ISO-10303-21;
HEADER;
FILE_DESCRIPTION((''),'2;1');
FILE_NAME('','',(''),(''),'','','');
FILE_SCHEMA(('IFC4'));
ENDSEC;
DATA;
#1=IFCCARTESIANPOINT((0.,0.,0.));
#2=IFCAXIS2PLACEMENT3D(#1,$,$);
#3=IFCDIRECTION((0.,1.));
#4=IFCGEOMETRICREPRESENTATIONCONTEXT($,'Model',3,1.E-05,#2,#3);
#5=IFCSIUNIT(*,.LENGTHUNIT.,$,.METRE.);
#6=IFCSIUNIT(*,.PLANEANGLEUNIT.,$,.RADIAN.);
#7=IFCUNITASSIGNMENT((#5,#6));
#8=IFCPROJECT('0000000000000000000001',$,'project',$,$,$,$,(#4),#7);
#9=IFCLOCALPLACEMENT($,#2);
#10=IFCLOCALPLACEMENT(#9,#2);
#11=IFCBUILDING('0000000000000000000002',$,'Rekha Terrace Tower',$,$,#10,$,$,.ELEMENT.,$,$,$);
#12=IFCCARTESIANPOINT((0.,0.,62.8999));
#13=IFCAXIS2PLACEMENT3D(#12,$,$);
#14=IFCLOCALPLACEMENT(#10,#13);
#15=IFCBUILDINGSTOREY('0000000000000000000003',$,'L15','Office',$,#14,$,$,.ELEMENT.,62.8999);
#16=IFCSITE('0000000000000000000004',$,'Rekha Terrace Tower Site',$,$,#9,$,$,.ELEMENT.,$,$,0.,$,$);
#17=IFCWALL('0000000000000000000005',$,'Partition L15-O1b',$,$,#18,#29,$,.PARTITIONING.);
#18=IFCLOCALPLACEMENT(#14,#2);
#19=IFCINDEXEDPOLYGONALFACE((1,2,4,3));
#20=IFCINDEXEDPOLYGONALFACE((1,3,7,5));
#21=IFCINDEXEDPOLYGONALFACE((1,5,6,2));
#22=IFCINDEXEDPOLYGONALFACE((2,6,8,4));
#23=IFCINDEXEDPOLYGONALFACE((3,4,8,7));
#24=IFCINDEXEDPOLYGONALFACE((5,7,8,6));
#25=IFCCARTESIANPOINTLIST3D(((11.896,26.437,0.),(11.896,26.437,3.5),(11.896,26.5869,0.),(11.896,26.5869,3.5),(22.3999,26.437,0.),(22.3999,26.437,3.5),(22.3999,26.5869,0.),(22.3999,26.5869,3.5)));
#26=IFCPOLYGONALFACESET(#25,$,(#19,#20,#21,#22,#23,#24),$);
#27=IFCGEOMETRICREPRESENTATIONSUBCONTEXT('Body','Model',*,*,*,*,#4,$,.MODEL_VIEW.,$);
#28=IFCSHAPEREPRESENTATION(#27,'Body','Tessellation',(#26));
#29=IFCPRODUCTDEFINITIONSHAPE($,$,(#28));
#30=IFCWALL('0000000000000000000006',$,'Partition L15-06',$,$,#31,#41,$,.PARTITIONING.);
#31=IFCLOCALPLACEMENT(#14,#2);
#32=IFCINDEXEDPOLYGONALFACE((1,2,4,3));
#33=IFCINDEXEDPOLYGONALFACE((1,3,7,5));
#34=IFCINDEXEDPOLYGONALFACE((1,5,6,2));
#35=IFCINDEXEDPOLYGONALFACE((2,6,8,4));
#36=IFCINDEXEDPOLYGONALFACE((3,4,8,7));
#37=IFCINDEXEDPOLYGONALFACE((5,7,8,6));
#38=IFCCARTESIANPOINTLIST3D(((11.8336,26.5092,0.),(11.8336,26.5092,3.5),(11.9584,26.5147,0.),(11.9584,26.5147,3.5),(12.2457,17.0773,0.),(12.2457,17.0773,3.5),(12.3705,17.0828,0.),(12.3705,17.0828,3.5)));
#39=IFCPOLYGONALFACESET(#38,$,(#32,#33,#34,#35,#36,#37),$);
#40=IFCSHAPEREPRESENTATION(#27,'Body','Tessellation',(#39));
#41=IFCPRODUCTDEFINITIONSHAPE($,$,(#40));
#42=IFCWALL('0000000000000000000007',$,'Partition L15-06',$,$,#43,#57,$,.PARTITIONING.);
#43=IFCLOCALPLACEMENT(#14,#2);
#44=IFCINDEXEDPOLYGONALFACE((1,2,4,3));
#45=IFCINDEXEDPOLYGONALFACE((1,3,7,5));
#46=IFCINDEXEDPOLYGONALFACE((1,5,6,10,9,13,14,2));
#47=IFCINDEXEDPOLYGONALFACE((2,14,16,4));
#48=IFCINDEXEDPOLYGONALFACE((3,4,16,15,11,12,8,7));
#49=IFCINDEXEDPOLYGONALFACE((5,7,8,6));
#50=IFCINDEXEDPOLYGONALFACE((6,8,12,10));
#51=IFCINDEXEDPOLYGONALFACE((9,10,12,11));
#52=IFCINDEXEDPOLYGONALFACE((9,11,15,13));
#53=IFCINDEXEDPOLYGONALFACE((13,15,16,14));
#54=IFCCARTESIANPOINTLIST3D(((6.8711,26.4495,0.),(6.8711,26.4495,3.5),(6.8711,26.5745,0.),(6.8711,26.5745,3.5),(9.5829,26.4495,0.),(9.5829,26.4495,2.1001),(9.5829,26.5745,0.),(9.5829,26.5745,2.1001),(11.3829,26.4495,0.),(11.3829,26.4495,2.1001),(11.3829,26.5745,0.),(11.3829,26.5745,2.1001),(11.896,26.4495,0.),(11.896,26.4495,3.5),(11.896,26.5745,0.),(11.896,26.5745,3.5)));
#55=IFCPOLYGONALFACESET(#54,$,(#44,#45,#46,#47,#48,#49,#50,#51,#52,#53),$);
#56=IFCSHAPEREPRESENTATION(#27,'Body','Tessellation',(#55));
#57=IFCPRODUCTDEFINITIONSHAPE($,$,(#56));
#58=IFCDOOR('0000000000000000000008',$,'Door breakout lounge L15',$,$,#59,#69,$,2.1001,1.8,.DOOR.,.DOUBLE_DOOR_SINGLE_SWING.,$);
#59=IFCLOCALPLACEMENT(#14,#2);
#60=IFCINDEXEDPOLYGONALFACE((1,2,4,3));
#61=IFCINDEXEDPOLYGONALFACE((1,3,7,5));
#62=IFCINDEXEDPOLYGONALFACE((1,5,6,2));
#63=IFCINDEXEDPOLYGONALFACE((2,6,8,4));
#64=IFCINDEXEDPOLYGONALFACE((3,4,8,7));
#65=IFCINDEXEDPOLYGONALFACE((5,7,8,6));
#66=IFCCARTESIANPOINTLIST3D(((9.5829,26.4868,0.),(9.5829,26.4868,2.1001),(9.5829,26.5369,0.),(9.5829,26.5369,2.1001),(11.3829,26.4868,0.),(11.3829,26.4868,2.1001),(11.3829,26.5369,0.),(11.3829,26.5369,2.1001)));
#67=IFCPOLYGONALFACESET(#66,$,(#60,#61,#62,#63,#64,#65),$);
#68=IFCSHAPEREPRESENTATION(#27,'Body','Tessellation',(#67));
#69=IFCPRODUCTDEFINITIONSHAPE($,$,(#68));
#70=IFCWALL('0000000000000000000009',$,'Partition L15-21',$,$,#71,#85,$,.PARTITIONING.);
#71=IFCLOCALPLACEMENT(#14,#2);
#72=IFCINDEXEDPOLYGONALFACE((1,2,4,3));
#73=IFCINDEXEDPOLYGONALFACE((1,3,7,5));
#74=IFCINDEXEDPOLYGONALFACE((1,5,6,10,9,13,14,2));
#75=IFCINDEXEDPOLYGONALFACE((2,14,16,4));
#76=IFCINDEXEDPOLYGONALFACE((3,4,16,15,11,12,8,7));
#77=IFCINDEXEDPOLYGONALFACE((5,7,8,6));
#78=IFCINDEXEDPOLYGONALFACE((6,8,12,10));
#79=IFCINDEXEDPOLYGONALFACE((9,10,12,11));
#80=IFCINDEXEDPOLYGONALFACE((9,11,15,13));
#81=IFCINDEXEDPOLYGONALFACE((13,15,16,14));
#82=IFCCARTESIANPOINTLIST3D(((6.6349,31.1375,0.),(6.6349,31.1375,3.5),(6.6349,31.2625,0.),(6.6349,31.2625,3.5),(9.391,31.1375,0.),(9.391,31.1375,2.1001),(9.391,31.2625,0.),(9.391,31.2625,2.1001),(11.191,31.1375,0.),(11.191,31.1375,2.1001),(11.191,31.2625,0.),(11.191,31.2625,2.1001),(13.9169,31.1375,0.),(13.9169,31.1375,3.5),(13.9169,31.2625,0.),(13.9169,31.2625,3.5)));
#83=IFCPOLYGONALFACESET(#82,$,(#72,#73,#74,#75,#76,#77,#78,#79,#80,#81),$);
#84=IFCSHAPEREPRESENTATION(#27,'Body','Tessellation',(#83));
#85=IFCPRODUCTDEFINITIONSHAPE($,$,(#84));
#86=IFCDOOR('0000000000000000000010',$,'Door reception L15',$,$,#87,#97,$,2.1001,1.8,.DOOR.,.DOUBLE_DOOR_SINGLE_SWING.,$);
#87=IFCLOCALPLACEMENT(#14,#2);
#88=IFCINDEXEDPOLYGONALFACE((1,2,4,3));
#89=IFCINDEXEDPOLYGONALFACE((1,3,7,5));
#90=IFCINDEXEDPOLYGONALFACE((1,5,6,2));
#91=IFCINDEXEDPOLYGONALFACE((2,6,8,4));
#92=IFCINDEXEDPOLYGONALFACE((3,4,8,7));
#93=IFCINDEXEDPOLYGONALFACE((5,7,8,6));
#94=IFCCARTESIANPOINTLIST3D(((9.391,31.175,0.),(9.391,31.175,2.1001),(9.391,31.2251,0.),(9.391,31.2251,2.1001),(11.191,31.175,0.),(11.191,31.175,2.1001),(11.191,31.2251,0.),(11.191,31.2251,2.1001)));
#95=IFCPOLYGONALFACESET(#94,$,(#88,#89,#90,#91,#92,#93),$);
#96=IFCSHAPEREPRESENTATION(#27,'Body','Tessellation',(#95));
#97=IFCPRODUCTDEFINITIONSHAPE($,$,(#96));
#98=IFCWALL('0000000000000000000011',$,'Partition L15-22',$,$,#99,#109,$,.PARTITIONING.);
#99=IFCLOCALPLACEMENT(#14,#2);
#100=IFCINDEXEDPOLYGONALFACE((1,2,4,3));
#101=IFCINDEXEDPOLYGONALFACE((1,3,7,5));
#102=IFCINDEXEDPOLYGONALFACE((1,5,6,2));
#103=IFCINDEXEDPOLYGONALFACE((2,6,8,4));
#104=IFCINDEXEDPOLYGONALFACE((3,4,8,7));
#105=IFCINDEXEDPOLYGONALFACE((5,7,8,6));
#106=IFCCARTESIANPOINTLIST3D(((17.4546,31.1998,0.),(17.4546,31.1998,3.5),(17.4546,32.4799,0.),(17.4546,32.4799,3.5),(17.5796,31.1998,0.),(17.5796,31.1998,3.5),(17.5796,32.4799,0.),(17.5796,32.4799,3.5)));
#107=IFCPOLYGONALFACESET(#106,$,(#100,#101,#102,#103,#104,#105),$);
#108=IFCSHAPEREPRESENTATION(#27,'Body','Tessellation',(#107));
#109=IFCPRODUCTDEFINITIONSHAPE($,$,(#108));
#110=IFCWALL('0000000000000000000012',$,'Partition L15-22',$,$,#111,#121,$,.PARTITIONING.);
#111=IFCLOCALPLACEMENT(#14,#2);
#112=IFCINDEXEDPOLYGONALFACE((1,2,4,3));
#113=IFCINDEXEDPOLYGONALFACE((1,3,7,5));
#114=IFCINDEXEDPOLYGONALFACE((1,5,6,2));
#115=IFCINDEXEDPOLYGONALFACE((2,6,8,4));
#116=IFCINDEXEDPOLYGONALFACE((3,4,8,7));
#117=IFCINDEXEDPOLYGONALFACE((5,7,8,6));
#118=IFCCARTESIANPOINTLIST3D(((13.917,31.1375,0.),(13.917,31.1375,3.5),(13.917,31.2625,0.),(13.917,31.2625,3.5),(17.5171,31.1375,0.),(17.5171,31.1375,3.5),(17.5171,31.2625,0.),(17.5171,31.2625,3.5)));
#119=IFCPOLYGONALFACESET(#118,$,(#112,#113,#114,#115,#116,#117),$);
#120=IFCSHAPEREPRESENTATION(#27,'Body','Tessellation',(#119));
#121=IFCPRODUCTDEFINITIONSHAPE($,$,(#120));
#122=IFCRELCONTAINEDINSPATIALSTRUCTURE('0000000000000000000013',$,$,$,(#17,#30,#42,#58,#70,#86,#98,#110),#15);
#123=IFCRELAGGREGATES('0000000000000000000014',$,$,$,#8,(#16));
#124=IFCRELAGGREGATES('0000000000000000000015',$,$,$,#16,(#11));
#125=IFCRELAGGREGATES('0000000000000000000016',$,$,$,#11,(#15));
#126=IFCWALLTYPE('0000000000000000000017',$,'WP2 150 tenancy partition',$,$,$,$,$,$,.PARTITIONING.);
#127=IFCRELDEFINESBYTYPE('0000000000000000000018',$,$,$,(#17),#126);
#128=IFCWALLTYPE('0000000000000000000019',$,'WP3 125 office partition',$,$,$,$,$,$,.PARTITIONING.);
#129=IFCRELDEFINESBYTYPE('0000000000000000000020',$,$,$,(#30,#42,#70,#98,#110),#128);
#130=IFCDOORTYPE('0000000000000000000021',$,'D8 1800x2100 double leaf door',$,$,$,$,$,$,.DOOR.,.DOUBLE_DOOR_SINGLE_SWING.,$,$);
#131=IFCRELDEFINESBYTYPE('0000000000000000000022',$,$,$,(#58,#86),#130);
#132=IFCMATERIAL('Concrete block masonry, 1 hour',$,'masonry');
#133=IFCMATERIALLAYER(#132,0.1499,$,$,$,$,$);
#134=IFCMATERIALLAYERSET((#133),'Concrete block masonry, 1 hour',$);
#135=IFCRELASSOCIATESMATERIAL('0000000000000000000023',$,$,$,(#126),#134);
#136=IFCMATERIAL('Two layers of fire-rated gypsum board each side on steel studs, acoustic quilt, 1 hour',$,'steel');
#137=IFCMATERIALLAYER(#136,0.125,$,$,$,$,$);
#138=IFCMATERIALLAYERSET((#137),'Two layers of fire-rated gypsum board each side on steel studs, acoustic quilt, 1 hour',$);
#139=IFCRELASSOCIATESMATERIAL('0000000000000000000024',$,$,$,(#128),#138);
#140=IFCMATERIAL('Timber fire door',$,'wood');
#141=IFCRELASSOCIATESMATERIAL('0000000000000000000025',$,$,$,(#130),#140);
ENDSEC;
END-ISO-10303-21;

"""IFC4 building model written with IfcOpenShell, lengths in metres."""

from ifc_helpers import new_model, si_unit, direction, frame, frame_2d, origin, place, context, subcontext, project, spatial, rectangle, extrude, material, layer, layer_set, type_object, element, fill, save


model = new_model("IFC4")

# Units and contexts
model_context = context("Model", 3, precision=1e-05, world=origin(), true_north=direction((0.0, 1.0)))
body_context = subcontext(model_context, "Body", "Model", "MODEL_VIEW")
ifc_project = project(units=[si_unit("LENGTHUNIT", "METRE"), si_unit("PLANEANGLEUNIT", "RADIAN")], contexts=[model_context])

# Site, building, storey
site_placement = place(None, origin())
site = spatial("IfcSite", under=ifc_project, at=site_placement, Name="Rekha Terrace Tower Site", CompositionType="ELEMENT", RefElevation=0.0)
building_placement = place(site_placement, origin())
building = spatial("IfcBuilding", under=site, at=building_placement, Name="Rekha Terrace Tower", CompositionType="ELEMENT")
storey_placement = place(building_placement, frame((0.0, 0.0, 62.8999)))
storey = spatial("IfcBuildingStorey", under=building, at=storey_placement, Name="L15", Description="Office", CompositionType="ELEMENT", Elevation=62.8999)

# Walls
ifc_material_1 = material(Name="Concrete block masonry, 1 hour", Category="masonry")
ifc_layer_1 = layer(ifc_material_1, 0.1499)
ifc_layer_set_1 = layer_set([ifc_layer_1], Name="Concrete block masonry, 1 hour")
wall_type_1 = type_object("IfcWallType", Name="WP2 150 tenancy partition", PredefinedType="PARTITIONING", material=ifc_layer_set_1)
wall_1_placement = place(storey_placement, frame((11.896, 26.512, 0.0), z_axis=(0.0, 0.0, 1.0), x_axis=(1.0, 0.0, 0.0)))
element("IfcWall", 1, at=wall_1_placement, inside=storey, type_object=wall_type_1, Name="Partition L15-O1b", PredefinedType="PARTITIONING", context=body_context, shape_type="SweptSolid", body=[
    extrude(rectangle(XDim=10.5039, YDim=0.1499, at=frame_2d((5.252, 0.0))), origin(), (0.0, 0.0, 1.0), 3.5),
])
ifc_material_2 = material(Name="Two layers of fire-rated gypsum board each side on steel studs, acoustic quilt, 1 hour", Category="steel")
ifc_layer_2 = layer(ifc_material_2, 0.125)
ifc_layer_set_2 = layer_set([ifc_layer_2], Name="Two layers of fire-rated gypsum board each side on steel studs, acoustic quilt, 1 hour")
wall_type_2 = type_object("IfcWallType", Name="WP3 125 office partition", PredefinedType="PARTITIONING", material=ifc_layer_set_2)
wall_2_placement = place(storey_placement, frame((11.896, 26.512, 0.0), z_axis=(0.0, 0.0, 1.0), x_axis=(0.043652, -0.999047, 0.0)))
element("IfcWall", 2, at=wall_2_placement, inside=storey, type_object=wall_type_2, Name="Partition L15-06", PredefinedType="PARTITIONING", context=body_context, shape_type="SweptSolid", body=[
    extrude(rectangle(XDim=9.4409, YDim=0.125, at=frame_2d((4.7205, 0.0))), origin(), (0.0, 0.0, 1.0), 3.5),
])

# Walls, openings, doors
wall_3_placement = place(storey_placement, frame((6.8711, 26.512, 0.0), z_axis=(0.0, 0.0, 1.0), x_axis=(1.0, 0.0, 0.0)))
wall_3 = element("IfcWall", 3, at=wall_3_placement, inside=storey, type_object=wall_type_2, Name="Partition L15-06", PredefinedType="PARTITIONING", context=body_context, shape_type="SweptSolid", body=[
    extrude(rectangle(XDim=5.0249, YDim=0.125, at=frame_2d((2.5125, 0.0))), origin(), (0.0, 0.0, 1.0), 3.5),
])
opening_1_placement = place(wall_3_placement, frame((2.7119, 0.0, 0.0)))
opening_1 = element("IfcOpeningElement", 4, at=opening_1_placement, cuts=wall_3, PredefinedType="OPENING", context=body_context, shape_type="SweptSolid", body=[
    extrude(rectangle(XDim=1.8, YDim=2.1001, at=frame_2d((0.8999, 1.05))), frame((0.0, 0.0725, 0.0), z_axis=(0.0, -1.0, 0.0), x_axis=(1.0, 0.0, 0.0)), (0.0, 0.0, 1.0), 0.145),
])
ifc_material_3 = material(Name="Timber fire door", Category="wood")
door_type = type_object("IfcDoorType", Name="D8 1800x2100 double leaf door", OperationType="DOUBLE_DOOR_SINGLE_SWING", PredefinedType="DOOR", material=ifc_material_3)
door_1_placement = place(opening_1_placement, origin())
door_1 = element("IfcDoor", 5, at=door_1_placement, inside=storey, type_object=door_type, Name="Door breakout lounge L15", OperationType="DOUBLE_DOOR_SINGLE_SWING", OverallHeight=2.1001, OverallWidth=1.8, PredefinedType="DOOR", context=body_context, shape_type="SweptSolid", body=[
    extrude(rectangle(XDim=1.8, YDim=2.1001, at=frame_2d((0.8999, 1.05))), frame((0.0, 0.0249, 0.0), z_axis=(0.0, -1.0, 0.0), x_axis=(1.0, 0.0, 0.0)), (0.0, 0.0, 1.0), 0.05),
])
fill(opening_1, door_1)
wall_4_placement = place(storey_placement, frame((13.917, 31.2, 0.0), z_axis=(0.0, 0.0, 1.0), x_axis=(-1.0, 0.0, 0.0)))
wall_4 = element("IfcWall", 6, at=wall_4_placement, inside=storey, type_object=wall_type_2, Name="Partition L15-21", PredefinedType="PARTITIONING", context=body_context, shape_type="SweptSolid", body=[
    extrude(rectangle(XDim=7.282, YDim=0.125, at=frame_2d((3.6411, 0.0))), origin(), (0.0, 0.0, 1.0), 3.5),
])
opening_2_placement = place(wall_4_placement, frame((2.7261, 0.0, 0.0)))
opening_2 = element("IfcOpeningElement", 7, at=opening_2_placement, cuts=wall_4, PredefinedType="OPENING", context=body_context, shape_type="SweptSolid", body=[
    extrude(rectangle(XDim=1.8, YDim=2.1001, at=frame_2d((0.8999, 1.05))), frame((0.0, 0.0725, 0.0), z_axis=(0.0, -1.0, 0.0), x_axis=(1.0, 0.0, 0.0)), (0.0, 0.0, 1.0), 0.145),
])
door_2_placement = place(opening_2_placement, origin())
door_2 = element("IfcDoor", 8, at=door_2_placement, inside=storey, type_object=door_type, Name="Door reception L15", OperationType="DOUBLE_DOOR_SINGLE_SWING", OverallHeight=2.1001, OverallWidth=1.8, PredefinedType="DOOR", context=body_context, shape_type="SweptSolid", body=[
    extrude(rectangle(XDim=1.8, YDim=2.1001, at=frame_2d((0.8999, 1.05))), frame((0.0, 0.0249, 0.0), z_axis=(0.0, -1.0, 0.0), x_axis=(1.0, 0.0, 0.0)), (0.0, 0.0, 1.0), 0.05),
])
fill(opening_2, door_2)

# Walls
wall_5_placement = place(storey_placement, frame((17.5171, 32.48, 0.0), z_axis=(0.0, 0.0, 1.0), x_axis=(0.0, -1.0, 0.0)))
element("IfcWall", 9, at=wall_5_placement, inside=storey, type_object=wall_type_2, Name="Partition L15-22", PredefinedType="PARTITIONING", context=body_context, shape_type="SweptSolid", body=[
    extrude(rectangle(XDim=1.28, YDim=0.125, at=frame_2d((0.6401, 0.0))), origin(), (0.0, 0.0, 1.0), 3.5),
])
wall_6_placement = place(storey_placement, frame((17.5171, 31.2, 0.0), z_axis=(0.0, 0.0, 1.0), x_axis=(-1.0, 0.0, 0.0)))
element("IfcWall", 10, at=wall_6_placement, inside=storey, type_object=wall_type_2, Name="Partition L15-22", PredefinedType="PARTITIONING", context=body_context, shape_type="SweptSolid", body=[
    extrude(rectangle(XDim=3.6001, YDim=0.125, at=frame_2d((1.8, 0.0))), origin(), (0.0, 0.0, 1.0), 3.5),
])

save(model, "model.ifc")
